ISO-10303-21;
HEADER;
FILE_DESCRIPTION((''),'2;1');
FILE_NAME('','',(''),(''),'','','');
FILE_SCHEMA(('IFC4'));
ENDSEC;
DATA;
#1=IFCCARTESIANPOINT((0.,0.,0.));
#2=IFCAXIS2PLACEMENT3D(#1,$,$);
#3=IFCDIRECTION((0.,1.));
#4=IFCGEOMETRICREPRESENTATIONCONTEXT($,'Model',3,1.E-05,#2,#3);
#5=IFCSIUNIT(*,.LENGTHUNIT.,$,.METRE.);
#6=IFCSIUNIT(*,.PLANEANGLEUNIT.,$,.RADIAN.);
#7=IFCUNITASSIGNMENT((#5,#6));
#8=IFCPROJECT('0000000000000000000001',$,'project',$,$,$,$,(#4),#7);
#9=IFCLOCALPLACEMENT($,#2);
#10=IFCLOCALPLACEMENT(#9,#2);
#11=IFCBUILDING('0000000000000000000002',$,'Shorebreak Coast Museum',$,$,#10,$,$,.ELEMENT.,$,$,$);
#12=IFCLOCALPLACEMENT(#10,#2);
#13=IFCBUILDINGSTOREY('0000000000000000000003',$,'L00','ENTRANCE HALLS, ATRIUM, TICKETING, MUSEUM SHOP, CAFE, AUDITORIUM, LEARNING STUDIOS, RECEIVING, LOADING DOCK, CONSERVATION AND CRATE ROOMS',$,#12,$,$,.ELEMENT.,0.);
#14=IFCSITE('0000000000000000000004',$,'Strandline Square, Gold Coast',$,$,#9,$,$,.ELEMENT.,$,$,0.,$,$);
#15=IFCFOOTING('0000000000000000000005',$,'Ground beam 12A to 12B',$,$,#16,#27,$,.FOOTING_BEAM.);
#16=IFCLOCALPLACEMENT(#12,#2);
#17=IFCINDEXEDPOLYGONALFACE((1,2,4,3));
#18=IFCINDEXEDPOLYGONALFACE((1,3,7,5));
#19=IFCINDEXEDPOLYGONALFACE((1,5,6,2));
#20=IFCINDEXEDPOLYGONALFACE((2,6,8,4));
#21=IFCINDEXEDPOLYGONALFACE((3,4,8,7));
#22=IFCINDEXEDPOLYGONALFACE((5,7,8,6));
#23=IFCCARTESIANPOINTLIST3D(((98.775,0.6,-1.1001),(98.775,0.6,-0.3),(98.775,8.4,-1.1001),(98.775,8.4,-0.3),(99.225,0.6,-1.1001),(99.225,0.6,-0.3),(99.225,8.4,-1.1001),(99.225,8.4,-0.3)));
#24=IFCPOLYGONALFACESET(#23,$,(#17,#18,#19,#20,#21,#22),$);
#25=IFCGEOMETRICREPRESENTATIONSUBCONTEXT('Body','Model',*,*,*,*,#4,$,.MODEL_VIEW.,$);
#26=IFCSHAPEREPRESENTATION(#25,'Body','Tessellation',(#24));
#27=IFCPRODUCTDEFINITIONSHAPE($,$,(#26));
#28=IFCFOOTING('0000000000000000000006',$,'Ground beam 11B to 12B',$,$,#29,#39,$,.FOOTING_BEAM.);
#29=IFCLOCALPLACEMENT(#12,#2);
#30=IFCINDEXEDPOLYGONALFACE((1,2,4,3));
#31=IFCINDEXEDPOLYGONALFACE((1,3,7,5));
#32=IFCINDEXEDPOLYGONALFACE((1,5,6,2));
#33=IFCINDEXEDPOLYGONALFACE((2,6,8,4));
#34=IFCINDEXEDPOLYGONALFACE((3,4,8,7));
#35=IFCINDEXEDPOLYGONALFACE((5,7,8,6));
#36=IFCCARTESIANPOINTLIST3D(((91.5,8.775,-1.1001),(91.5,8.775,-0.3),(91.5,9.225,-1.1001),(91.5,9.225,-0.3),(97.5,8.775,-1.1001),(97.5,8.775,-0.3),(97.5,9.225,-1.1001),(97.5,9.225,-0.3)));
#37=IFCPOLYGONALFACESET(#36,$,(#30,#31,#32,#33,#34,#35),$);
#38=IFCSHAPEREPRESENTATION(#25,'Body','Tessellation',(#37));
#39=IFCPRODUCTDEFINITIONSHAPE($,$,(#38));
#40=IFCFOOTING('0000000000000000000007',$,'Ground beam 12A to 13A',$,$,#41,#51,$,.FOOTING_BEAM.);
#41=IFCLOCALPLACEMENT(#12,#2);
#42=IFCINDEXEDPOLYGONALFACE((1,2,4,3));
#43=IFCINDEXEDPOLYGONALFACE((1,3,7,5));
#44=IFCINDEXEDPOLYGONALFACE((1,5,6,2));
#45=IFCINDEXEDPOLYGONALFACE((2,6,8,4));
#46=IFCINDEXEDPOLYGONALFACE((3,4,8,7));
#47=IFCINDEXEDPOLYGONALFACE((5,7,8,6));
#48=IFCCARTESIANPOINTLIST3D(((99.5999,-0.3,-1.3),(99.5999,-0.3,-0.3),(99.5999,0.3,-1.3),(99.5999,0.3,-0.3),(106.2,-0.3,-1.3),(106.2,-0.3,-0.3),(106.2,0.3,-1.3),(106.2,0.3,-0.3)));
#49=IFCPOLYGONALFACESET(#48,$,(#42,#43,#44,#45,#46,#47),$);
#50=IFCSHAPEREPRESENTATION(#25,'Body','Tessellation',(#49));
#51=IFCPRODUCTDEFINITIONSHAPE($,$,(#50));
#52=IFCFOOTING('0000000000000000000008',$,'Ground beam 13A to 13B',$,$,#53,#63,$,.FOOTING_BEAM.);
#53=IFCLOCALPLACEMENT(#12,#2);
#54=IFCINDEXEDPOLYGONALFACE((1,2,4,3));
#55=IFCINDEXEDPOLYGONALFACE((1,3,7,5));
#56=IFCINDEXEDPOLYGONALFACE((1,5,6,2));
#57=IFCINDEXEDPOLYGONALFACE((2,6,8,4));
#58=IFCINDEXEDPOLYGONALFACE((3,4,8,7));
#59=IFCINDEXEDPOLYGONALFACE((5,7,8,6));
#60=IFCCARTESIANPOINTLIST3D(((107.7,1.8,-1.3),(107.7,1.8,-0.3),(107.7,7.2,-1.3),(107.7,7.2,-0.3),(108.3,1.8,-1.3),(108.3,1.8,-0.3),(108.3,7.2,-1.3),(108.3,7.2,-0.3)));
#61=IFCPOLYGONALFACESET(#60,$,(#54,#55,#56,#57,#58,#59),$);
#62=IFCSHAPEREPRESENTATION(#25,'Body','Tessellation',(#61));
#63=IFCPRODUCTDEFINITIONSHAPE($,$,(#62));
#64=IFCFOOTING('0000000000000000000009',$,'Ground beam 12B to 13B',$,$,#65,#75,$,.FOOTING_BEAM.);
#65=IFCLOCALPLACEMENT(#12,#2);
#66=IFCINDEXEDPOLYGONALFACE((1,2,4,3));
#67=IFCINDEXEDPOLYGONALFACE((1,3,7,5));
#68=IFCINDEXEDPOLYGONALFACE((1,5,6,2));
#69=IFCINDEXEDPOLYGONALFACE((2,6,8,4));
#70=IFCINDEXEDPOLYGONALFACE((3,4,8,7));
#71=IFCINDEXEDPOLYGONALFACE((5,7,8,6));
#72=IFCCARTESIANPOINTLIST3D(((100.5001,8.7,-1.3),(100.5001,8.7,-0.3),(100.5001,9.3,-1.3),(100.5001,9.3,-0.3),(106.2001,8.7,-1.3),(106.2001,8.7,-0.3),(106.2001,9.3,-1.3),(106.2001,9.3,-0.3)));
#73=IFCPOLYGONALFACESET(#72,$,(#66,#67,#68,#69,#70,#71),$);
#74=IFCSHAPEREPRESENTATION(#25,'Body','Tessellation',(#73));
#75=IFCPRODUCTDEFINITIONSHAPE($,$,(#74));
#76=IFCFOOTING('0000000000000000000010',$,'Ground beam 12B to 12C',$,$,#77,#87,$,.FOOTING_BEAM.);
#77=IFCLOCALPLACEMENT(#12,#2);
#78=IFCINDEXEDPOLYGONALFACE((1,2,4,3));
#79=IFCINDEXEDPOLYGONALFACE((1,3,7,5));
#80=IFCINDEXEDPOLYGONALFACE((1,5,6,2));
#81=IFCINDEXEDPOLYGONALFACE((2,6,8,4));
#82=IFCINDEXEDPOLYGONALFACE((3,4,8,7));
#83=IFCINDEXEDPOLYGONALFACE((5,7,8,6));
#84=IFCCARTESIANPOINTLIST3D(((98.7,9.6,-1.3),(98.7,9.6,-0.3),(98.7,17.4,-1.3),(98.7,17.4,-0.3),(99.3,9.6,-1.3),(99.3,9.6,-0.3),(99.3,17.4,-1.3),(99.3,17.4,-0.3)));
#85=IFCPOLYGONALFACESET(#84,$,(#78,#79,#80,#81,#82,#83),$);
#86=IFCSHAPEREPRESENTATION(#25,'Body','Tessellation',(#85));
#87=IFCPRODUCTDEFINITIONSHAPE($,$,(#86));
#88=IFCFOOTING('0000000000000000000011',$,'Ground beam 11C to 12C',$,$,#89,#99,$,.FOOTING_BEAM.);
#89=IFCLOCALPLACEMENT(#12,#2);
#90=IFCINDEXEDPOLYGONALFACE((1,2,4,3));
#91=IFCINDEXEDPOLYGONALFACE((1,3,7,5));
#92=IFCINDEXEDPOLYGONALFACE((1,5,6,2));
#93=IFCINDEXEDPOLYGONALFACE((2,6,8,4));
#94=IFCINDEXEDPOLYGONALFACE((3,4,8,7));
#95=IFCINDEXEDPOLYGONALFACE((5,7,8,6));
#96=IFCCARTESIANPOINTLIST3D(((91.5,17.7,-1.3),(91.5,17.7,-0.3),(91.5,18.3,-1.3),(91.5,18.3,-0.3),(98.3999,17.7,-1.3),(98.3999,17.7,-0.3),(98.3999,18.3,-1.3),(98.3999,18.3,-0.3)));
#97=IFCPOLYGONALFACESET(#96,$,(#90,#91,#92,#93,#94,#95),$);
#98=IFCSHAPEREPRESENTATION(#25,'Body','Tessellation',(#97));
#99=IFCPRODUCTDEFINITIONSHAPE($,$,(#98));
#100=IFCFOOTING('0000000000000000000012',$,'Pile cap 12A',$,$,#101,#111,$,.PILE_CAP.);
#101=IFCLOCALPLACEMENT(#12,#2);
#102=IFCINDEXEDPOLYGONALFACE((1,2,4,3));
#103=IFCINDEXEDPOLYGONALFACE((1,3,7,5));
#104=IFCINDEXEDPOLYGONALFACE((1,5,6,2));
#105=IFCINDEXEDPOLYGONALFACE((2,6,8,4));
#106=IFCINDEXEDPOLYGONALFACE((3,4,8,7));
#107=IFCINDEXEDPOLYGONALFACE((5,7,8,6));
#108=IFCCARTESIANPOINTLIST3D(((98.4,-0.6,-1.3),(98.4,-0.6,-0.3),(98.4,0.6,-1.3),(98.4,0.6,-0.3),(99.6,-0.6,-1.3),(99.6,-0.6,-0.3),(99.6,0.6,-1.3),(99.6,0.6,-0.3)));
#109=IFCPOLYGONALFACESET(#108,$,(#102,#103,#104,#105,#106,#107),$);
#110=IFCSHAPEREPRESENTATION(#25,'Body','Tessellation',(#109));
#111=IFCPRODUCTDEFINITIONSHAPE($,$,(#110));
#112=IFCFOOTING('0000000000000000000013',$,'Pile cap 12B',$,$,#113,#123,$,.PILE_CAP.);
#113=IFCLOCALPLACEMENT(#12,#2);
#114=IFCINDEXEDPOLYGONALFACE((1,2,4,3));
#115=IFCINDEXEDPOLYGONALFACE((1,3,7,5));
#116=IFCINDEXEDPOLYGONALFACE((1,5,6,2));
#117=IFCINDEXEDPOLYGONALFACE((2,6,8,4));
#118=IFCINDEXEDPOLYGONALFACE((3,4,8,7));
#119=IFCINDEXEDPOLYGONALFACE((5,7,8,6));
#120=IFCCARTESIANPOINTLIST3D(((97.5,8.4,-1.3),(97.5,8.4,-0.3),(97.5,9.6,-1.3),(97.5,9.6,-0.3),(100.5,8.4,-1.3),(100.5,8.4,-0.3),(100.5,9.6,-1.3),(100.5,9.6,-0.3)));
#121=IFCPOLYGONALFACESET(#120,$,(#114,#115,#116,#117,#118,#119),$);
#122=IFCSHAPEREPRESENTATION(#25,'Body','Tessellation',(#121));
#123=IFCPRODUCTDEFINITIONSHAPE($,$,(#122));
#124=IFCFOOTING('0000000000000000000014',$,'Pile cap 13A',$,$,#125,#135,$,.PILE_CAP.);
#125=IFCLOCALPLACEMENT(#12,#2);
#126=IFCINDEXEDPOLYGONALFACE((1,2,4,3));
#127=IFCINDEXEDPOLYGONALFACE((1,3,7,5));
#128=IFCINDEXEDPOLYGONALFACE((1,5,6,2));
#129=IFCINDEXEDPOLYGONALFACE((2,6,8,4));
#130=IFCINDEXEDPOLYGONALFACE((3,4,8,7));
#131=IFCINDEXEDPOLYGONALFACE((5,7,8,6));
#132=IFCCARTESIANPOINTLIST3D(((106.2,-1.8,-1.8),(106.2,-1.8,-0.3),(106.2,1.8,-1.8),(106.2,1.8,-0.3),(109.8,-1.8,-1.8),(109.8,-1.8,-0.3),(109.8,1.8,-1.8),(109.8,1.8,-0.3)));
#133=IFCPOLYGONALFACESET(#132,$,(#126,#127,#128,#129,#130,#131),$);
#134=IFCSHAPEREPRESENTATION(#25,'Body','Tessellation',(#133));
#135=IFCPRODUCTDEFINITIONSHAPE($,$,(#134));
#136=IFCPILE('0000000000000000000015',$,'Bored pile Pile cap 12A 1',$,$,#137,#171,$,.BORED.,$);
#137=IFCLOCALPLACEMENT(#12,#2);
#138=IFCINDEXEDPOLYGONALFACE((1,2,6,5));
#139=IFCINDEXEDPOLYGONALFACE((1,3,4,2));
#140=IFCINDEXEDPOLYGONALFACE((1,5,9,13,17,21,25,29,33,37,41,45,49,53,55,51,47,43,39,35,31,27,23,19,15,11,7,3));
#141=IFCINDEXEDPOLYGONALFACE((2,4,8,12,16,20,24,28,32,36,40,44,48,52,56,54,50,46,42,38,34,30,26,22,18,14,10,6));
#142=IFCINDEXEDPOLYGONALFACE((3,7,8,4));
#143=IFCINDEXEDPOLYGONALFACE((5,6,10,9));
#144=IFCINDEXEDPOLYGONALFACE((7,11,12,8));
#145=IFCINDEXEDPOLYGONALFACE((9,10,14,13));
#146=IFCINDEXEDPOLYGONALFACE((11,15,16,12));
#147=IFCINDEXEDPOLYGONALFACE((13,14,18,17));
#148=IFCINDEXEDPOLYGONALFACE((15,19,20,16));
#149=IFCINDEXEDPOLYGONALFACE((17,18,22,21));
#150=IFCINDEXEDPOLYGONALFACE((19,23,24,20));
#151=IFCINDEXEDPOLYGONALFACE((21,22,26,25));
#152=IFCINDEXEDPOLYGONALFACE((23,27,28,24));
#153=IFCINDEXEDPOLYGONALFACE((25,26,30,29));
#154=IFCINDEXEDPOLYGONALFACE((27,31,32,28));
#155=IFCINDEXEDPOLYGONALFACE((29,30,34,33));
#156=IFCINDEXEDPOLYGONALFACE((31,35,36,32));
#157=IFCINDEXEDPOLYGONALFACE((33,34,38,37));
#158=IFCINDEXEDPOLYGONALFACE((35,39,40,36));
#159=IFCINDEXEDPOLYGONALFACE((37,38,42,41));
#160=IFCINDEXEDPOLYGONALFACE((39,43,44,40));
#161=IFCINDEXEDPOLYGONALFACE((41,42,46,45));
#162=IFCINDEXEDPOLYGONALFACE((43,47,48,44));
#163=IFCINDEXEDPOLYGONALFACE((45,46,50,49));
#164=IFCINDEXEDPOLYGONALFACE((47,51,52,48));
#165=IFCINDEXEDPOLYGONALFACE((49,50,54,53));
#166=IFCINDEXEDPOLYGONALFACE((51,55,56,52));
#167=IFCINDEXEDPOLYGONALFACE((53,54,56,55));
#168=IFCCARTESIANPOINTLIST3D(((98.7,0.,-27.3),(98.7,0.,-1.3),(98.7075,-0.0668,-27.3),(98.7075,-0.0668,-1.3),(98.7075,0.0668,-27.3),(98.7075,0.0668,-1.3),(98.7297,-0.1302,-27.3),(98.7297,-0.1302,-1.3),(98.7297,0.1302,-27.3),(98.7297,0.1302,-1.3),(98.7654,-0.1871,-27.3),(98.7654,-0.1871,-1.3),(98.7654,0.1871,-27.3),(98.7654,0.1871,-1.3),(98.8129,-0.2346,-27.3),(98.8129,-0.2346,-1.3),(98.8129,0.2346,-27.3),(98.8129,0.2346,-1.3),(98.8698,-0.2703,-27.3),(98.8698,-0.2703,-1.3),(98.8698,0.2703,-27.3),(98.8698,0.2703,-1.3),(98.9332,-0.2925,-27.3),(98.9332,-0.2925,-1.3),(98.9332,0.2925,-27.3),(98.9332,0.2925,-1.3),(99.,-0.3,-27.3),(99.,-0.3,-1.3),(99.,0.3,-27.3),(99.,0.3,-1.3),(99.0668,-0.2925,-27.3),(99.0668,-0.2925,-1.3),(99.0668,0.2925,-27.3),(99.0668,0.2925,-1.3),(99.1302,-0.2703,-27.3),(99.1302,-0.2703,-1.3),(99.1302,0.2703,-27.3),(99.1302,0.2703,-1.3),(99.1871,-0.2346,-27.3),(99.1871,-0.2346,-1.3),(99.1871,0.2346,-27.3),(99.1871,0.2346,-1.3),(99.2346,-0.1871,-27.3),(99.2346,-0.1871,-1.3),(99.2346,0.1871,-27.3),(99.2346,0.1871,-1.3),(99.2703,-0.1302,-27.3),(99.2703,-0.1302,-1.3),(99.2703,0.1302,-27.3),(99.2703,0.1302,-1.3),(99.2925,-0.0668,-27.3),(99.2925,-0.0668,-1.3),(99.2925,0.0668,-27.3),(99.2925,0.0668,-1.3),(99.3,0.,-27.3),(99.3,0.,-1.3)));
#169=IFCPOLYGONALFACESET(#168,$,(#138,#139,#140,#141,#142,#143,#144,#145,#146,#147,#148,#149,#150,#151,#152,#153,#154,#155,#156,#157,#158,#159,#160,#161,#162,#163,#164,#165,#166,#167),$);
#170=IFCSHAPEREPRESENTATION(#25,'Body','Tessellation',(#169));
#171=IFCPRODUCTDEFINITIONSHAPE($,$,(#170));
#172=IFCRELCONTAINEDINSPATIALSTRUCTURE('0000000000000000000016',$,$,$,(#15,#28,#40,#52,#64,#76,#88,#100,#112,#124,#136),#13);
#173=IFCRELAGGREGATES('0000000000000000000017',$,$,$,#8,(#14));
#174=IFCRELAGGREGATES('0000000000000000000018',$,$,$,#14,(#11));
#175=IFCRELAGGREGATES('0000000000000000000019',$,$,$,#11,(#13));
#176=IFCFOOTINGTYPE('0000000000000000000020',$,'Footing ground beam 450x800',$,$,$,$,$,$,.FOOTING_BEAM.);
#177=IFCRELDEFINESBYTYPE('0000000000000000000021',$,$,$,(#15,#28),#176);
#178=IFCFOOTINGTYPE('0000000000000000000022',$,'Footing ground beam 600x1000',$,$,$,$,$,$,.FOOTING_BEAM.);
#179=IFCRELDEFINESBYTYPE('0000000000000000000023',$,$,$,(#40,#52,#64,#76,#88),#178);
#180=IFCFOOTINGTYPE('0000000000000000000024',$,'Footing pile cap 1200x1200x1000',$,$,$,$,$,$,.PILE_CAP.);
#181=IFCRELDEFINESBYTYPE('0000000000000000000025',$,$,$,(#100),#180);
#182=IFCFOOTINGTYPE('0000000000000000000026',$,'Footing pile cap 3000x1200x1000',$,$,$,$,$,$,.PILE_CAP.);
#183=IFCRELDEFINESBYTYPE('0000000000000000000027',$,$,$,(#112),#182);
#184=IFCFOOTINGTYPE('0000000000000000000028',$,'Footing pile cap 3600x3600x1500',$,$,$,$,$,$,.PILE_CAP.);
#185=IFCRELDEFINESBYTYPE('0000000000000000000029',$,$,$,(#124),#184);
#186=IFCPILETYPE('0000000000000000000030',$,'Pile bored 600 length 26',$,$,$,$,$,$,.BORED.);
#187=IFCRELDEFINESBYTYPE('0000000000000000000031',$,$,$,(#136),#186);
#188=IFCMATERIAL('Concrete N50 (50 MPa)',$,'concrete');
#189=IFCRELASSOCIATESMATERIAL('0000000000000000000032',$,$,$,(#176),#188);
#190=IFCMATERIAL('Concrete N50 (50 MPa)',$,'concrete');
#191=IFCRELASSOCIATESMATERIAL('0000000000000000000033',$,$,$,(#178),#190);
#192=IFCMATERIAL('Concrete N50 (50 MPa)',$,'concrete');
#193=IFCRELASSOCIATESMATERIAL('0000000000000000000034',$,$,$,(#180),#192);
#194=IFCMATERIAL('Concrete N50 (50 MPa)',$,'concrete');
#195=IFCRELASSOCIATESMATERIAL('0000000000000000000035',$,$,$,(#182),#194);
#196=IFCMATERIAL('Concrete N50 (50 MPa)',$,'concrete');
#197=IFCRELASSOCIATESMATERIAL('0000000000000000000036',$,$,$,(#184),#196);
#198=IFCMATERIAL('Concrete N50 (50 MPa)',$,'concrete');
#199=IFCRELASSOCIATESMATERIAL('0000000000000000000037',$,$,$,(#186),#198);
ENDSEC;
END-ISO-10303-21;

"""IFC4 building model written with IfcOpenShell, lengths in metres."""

from ifc_helpers import new_model, si_unit, direction, frame, origin, origin_2d, place, context, subcontext, project, spatial, rectangle, circle, extrude, material, material_profile, profile_set, type_object, element, save


model = new_model("IFC4")

# Units and contexts
model_context = context("Model", 3, precision=1e-05, world=origin(), true_north=direction((0.0, 1.0)))
body_context = subcontext(model_context, "Body", "Model", "MODEL_VIEW")
ifc_project = project(units=[si_unit("LENGTHUNIT", "METRE"), si_unit("PLANEANGLEUNIT", "RADIAN")], contexts=[model_context])

# Site, building, storey
site_placement = place(None, origin())
site = spatial("IfcSite", under=ifc_project, at=site_placement, Name="Strandline Square, Gold Coast", CompositionType="ELEMENT", RefElevation=0.0)
building_placement = place(site_placement, origin())
building = spatial("IfcBuilding", under=site, at=building_placement, Name="Shorebreak Coast Museum", CompositionType="ELEMENT")
storey_placement = place(building_placement, origin())
storey = spatial("IfcBuildingStorey", under=building, at=storey_placement, Name="L00", Description="ENTRANCE HALLS, ATRIUM, TICKETING, MUSEUM SHOP, CAFE, AUDITORIUM, LEARNING STUDIOS, RECEIVING, LOADING DOCK, CONSERVATION AND CRATE ROOMS", CompositionType="ELEMENT", Elevation=0.0)

# Footings
ifc_material_1 = material(Name="Concrete N50 (50 MPa)", Category="concrete")
footing_type_1 = type_object("IfcFootingType", Name="Footing ground beam 450x800", PredefinedType="FOOTING_BEAM", material=ifc_material_1)
footing_1_placement = place(storey_placement, frame((99.0, 4.5, -1.1001), z_axis=(0.0, 0.0, 1.0), x_axis=(1.0, 0.0, 0.0)))
element("IfcFooting", 1, at=footing_1_placement, inside=storey, type_object=footing_type_1, Name="Ground beam 12A to 12B", PredefinedType="FOOTING_BEAM", context=body_context, shape_type="SweptSolid", body=[
    extrude(rectangle(XDim=0.45, YDim=7.8, at=origin_2d()), origin(), (0.0, 0.0, 1.0), 0.8),
])
footing_2_placement = place(storey_placement, frame((94.5, 9.0, -1.1001), z_axis=(0.0, 0.0, 1.0), x_axis=(1.0, 0.0, 0.0)))
element("IfcFooting", 2, at=footing_2_placement, inside=storey, type_object=footing_type_1, Name="Ground beam 11B to 12B", PredefinedType="FOOTING_BEAM", context=body_context, shape_type="SweptSolid", body=[
    extrude(rectangle(XDim=6.0, YDim=0.45, at=origin_2d()), origin(), (0.0, 0.0, 1.0), 0.8),
])
ifc_material_2 = material(Name="Concrete N50 (50 MPa)", Category="concrete")
footing_type_2 = type_object("IfcFootingType", Name="Footing ground beam 600x1000", PredefinedType="FOOTING_BEAM", material=ifc_material_2)
footing_3_placement = place(storey_placement, frame((102.8999, 0.0, -1.3), z_axis=(0.0, 0.0, 1.0), x_axis=(1.0, 0.0, 0.0)))
element("IfcFooting", 3, at=footing_3_placement, inside=storey, type_object=footing_type_2, Name="Ground beam 12A to 13A", PredefinedType="FOOTING_BEAM", context=body_context, shape_type="SweptSolid", body=[
    extrude(rectangle(XDim=6.6001, YDim=0.6001, at=origin_2d()), origin(), (0.0, 0.0, 1.0), 1.0),
])
footing_4_placement = place(storey_placement, frame((108.0, 4.5, -1.3), z_axis=(0.0, 0.0, 1.0), x_axis=(1.0, 0.0, 0.0)))
element("IfcFooting", 4, at=footing_4_placement, inside=storey, type_object=footing_type_2, Name="Ground beam 13A to 13B", PredefinedType="FOOTING_BEAM", context=body_context, shape_type="SweptSolid", body=[
    extrude(rectangle(XDim=0.6001, YDim=5.3999, at=origin_2d()), origin(), (0.0, 0.0, 1.0), 1.0),
])
footing_5_placement = place(storey_placement, frame((103.3501, 9.0, -1.3), z_axis=(0.0, 0.0, 1.0), x_axis=(1.0, 0.0, 0.0)))
element("IfcFooting", 5, at=footing_5_placement, inside=storey, type_object=footing_type_2, Name="Ground beam 12B to 13B", PredefinedType="FOOTING_BEAM", context=body_context, shape_type="SweptSolid", body=[
    extrude(rectangle(XDim=5.7, YDim=0.6001, at=origin_2d()), origin(), (0.0, 0.0, 1.0), 1.0),
])
footing_6_placement = place(storey_placement, frame((99.0, 13.5, -1.3), z_axis=(0.0, 0.0, 1.0), x_axis=(1.0, 0.0, 0.0)))
element("IfcFooting", 6, at=footing_6_placement, inside=storey, type_object=footing_type_2, Name="Ground beam 12B to 12C", PredefinedType="FOOTING_BEAM", context=body_context, shape_type="SweptSolid", body=[
    extrude(rectangle(XDim=0.6001, YDim=7.8, at=origin_2d()), origin(), (0.0, 0.0, 1.0), 1.0),
])
footing_7_placement = place(storey_placement, frame((94.95, 18.0, -1.3), z_axis=(0.0, 0.0, 1.0), x_axis=(1.0, 0.0, 0.0)))
element("IfcFooting", 7, at=footing_7_placement, inside=storey, type_object=footing_type_2, Name="Ground beam 11C to 12C", PredefinedType="FOOTING_BEAM", context=body_context, shape_type="SweptSolid", body=[
    extrude(rectangle(XDim=6.8999, YDim=0.6001, at=origin_2d()), origin(), (0.0, 0.0, 1.0), 1.0),
])
ifc_material_3 = material(Name="Concrete N50 (50 MPa)", Category="concrete")
footing_type_3 = type_object("IfcFootingType", Name="Footing pile cap 1200x1200x1000", PredefinedType="PILE_CAP", material=ifc_material_3)
footing_8_placement = place(storey_placement, frame((99.0, 0.0, -1.3), z_axis=(0.0, 0.0, 1.0), x_axis=(1.0, 0.0, 0.0)))
element("IfcFooting", 8, at=footing_8_placement, inside=storey, type_object=footing_type_3, Name="Pile cap 12A", PredefinedType="PILE_CAP", context=body_context, shape_type="SweptSolid", body=[
    extrude(rectangle(XDim=1.2, YDim=1.2, at=origin_2d()), origin(), (0.0, 0.0, 1.0), 1.0),
])
ifc_material_4 = material(Name="Concrete N50 (50 MPa)", Category="concrete")
footing_type_4 = type_object("IfcFootingType", Name="Footing pile cap 3000x1200x1000", PredefinedType="PILE_CAP", material=ifc_material_4)
footing_9_placement = place(storey_placement, frame((99.0, 9.0, -1.3), z_axis=(0.0, 0.0, 1.0), x_axis=(1.0, 0.0, 0.0)))
element("IfcFooting", 9, at=footing_9_placement, inside=storey, type_object=footing_type_4, Name="Pile cap 12B", PredefinedType="PILE_CAP", context=body_context, shape_type="SweptSolid", body=[
    extrude(rectangle(XDim=3.0, YDim=1.2, at=origin_2d()), origin(), (0.0, 0.0, 1.0), 1.0),
])
ifc_material_5 = material(Name="Concrete N50 (50 MPa)", Category="concrete")
footing_type_5 = type_object("IfcFootingType", Name="Footing pile cap 3600x3600x1500", PredefinedType="PILE_CAP", material=ifc_material_5)
footing_10_placement = place(storey_placement, frame((108.0, 0.0, -1.8), z_axis=(0.0, 0.0, 1.0), x_axis=(1.0, 0.0, 0.0)))
element("IfcFooting", 10, at=footing_10_placement, inside=storey, type_object=footing_type_5, Name="Pile cap 13A", PredefinedType="PILE_CAP", context=body_context, shape_type="SweptSolid", body=[
    extrude(rectangle(XDim=3.6001, YDim=3.6001, at=origin_2d()), origin(), (0.0, 0.0, 1.0), 1.5),
])

# Pile
ifc_material_6 = material(Name="Concrete N50 (50 MPa)", Category="concrete")
ifc_material_profile_1 = material_profile(ifc_material_6, circle(Radius=0.3, at=origin_2d()), Name="Pile bored 600 length 26")
ifc_profile_set_1 = profile_set([ifc_material_profile_1], Name="Concrete N50 (50 MPa)")
pile_type_1 = type_object("IfcPileType", Name="Pile bored 600 length 26", PredefinedType="BORED", material=ifc_profile_set_1)
for number, where, z_axis, x_axis, name in (
    (11, (99.0, 0.0, -1.3), (0.0, 0.0, -1.0), (1.0, 0.0, 0.0), "Bored pile Pile cap 12A 1"),
):
    element("IfcPile", number, at=place(storey_placement, frame(where, z_axis=z_axis, x_axis=x_axis)), inside=storey, type_object=pile_type_1, Name=name, PredefinedType="BORED", context=body_context, shape_type="SweptSolid", body=[
        extrude(circle(Radius=0.3, at=origin_2d()), origin(), (0.0, 0.0, 1.0), 26.0),
    ])

save(model, "model.ifc")
